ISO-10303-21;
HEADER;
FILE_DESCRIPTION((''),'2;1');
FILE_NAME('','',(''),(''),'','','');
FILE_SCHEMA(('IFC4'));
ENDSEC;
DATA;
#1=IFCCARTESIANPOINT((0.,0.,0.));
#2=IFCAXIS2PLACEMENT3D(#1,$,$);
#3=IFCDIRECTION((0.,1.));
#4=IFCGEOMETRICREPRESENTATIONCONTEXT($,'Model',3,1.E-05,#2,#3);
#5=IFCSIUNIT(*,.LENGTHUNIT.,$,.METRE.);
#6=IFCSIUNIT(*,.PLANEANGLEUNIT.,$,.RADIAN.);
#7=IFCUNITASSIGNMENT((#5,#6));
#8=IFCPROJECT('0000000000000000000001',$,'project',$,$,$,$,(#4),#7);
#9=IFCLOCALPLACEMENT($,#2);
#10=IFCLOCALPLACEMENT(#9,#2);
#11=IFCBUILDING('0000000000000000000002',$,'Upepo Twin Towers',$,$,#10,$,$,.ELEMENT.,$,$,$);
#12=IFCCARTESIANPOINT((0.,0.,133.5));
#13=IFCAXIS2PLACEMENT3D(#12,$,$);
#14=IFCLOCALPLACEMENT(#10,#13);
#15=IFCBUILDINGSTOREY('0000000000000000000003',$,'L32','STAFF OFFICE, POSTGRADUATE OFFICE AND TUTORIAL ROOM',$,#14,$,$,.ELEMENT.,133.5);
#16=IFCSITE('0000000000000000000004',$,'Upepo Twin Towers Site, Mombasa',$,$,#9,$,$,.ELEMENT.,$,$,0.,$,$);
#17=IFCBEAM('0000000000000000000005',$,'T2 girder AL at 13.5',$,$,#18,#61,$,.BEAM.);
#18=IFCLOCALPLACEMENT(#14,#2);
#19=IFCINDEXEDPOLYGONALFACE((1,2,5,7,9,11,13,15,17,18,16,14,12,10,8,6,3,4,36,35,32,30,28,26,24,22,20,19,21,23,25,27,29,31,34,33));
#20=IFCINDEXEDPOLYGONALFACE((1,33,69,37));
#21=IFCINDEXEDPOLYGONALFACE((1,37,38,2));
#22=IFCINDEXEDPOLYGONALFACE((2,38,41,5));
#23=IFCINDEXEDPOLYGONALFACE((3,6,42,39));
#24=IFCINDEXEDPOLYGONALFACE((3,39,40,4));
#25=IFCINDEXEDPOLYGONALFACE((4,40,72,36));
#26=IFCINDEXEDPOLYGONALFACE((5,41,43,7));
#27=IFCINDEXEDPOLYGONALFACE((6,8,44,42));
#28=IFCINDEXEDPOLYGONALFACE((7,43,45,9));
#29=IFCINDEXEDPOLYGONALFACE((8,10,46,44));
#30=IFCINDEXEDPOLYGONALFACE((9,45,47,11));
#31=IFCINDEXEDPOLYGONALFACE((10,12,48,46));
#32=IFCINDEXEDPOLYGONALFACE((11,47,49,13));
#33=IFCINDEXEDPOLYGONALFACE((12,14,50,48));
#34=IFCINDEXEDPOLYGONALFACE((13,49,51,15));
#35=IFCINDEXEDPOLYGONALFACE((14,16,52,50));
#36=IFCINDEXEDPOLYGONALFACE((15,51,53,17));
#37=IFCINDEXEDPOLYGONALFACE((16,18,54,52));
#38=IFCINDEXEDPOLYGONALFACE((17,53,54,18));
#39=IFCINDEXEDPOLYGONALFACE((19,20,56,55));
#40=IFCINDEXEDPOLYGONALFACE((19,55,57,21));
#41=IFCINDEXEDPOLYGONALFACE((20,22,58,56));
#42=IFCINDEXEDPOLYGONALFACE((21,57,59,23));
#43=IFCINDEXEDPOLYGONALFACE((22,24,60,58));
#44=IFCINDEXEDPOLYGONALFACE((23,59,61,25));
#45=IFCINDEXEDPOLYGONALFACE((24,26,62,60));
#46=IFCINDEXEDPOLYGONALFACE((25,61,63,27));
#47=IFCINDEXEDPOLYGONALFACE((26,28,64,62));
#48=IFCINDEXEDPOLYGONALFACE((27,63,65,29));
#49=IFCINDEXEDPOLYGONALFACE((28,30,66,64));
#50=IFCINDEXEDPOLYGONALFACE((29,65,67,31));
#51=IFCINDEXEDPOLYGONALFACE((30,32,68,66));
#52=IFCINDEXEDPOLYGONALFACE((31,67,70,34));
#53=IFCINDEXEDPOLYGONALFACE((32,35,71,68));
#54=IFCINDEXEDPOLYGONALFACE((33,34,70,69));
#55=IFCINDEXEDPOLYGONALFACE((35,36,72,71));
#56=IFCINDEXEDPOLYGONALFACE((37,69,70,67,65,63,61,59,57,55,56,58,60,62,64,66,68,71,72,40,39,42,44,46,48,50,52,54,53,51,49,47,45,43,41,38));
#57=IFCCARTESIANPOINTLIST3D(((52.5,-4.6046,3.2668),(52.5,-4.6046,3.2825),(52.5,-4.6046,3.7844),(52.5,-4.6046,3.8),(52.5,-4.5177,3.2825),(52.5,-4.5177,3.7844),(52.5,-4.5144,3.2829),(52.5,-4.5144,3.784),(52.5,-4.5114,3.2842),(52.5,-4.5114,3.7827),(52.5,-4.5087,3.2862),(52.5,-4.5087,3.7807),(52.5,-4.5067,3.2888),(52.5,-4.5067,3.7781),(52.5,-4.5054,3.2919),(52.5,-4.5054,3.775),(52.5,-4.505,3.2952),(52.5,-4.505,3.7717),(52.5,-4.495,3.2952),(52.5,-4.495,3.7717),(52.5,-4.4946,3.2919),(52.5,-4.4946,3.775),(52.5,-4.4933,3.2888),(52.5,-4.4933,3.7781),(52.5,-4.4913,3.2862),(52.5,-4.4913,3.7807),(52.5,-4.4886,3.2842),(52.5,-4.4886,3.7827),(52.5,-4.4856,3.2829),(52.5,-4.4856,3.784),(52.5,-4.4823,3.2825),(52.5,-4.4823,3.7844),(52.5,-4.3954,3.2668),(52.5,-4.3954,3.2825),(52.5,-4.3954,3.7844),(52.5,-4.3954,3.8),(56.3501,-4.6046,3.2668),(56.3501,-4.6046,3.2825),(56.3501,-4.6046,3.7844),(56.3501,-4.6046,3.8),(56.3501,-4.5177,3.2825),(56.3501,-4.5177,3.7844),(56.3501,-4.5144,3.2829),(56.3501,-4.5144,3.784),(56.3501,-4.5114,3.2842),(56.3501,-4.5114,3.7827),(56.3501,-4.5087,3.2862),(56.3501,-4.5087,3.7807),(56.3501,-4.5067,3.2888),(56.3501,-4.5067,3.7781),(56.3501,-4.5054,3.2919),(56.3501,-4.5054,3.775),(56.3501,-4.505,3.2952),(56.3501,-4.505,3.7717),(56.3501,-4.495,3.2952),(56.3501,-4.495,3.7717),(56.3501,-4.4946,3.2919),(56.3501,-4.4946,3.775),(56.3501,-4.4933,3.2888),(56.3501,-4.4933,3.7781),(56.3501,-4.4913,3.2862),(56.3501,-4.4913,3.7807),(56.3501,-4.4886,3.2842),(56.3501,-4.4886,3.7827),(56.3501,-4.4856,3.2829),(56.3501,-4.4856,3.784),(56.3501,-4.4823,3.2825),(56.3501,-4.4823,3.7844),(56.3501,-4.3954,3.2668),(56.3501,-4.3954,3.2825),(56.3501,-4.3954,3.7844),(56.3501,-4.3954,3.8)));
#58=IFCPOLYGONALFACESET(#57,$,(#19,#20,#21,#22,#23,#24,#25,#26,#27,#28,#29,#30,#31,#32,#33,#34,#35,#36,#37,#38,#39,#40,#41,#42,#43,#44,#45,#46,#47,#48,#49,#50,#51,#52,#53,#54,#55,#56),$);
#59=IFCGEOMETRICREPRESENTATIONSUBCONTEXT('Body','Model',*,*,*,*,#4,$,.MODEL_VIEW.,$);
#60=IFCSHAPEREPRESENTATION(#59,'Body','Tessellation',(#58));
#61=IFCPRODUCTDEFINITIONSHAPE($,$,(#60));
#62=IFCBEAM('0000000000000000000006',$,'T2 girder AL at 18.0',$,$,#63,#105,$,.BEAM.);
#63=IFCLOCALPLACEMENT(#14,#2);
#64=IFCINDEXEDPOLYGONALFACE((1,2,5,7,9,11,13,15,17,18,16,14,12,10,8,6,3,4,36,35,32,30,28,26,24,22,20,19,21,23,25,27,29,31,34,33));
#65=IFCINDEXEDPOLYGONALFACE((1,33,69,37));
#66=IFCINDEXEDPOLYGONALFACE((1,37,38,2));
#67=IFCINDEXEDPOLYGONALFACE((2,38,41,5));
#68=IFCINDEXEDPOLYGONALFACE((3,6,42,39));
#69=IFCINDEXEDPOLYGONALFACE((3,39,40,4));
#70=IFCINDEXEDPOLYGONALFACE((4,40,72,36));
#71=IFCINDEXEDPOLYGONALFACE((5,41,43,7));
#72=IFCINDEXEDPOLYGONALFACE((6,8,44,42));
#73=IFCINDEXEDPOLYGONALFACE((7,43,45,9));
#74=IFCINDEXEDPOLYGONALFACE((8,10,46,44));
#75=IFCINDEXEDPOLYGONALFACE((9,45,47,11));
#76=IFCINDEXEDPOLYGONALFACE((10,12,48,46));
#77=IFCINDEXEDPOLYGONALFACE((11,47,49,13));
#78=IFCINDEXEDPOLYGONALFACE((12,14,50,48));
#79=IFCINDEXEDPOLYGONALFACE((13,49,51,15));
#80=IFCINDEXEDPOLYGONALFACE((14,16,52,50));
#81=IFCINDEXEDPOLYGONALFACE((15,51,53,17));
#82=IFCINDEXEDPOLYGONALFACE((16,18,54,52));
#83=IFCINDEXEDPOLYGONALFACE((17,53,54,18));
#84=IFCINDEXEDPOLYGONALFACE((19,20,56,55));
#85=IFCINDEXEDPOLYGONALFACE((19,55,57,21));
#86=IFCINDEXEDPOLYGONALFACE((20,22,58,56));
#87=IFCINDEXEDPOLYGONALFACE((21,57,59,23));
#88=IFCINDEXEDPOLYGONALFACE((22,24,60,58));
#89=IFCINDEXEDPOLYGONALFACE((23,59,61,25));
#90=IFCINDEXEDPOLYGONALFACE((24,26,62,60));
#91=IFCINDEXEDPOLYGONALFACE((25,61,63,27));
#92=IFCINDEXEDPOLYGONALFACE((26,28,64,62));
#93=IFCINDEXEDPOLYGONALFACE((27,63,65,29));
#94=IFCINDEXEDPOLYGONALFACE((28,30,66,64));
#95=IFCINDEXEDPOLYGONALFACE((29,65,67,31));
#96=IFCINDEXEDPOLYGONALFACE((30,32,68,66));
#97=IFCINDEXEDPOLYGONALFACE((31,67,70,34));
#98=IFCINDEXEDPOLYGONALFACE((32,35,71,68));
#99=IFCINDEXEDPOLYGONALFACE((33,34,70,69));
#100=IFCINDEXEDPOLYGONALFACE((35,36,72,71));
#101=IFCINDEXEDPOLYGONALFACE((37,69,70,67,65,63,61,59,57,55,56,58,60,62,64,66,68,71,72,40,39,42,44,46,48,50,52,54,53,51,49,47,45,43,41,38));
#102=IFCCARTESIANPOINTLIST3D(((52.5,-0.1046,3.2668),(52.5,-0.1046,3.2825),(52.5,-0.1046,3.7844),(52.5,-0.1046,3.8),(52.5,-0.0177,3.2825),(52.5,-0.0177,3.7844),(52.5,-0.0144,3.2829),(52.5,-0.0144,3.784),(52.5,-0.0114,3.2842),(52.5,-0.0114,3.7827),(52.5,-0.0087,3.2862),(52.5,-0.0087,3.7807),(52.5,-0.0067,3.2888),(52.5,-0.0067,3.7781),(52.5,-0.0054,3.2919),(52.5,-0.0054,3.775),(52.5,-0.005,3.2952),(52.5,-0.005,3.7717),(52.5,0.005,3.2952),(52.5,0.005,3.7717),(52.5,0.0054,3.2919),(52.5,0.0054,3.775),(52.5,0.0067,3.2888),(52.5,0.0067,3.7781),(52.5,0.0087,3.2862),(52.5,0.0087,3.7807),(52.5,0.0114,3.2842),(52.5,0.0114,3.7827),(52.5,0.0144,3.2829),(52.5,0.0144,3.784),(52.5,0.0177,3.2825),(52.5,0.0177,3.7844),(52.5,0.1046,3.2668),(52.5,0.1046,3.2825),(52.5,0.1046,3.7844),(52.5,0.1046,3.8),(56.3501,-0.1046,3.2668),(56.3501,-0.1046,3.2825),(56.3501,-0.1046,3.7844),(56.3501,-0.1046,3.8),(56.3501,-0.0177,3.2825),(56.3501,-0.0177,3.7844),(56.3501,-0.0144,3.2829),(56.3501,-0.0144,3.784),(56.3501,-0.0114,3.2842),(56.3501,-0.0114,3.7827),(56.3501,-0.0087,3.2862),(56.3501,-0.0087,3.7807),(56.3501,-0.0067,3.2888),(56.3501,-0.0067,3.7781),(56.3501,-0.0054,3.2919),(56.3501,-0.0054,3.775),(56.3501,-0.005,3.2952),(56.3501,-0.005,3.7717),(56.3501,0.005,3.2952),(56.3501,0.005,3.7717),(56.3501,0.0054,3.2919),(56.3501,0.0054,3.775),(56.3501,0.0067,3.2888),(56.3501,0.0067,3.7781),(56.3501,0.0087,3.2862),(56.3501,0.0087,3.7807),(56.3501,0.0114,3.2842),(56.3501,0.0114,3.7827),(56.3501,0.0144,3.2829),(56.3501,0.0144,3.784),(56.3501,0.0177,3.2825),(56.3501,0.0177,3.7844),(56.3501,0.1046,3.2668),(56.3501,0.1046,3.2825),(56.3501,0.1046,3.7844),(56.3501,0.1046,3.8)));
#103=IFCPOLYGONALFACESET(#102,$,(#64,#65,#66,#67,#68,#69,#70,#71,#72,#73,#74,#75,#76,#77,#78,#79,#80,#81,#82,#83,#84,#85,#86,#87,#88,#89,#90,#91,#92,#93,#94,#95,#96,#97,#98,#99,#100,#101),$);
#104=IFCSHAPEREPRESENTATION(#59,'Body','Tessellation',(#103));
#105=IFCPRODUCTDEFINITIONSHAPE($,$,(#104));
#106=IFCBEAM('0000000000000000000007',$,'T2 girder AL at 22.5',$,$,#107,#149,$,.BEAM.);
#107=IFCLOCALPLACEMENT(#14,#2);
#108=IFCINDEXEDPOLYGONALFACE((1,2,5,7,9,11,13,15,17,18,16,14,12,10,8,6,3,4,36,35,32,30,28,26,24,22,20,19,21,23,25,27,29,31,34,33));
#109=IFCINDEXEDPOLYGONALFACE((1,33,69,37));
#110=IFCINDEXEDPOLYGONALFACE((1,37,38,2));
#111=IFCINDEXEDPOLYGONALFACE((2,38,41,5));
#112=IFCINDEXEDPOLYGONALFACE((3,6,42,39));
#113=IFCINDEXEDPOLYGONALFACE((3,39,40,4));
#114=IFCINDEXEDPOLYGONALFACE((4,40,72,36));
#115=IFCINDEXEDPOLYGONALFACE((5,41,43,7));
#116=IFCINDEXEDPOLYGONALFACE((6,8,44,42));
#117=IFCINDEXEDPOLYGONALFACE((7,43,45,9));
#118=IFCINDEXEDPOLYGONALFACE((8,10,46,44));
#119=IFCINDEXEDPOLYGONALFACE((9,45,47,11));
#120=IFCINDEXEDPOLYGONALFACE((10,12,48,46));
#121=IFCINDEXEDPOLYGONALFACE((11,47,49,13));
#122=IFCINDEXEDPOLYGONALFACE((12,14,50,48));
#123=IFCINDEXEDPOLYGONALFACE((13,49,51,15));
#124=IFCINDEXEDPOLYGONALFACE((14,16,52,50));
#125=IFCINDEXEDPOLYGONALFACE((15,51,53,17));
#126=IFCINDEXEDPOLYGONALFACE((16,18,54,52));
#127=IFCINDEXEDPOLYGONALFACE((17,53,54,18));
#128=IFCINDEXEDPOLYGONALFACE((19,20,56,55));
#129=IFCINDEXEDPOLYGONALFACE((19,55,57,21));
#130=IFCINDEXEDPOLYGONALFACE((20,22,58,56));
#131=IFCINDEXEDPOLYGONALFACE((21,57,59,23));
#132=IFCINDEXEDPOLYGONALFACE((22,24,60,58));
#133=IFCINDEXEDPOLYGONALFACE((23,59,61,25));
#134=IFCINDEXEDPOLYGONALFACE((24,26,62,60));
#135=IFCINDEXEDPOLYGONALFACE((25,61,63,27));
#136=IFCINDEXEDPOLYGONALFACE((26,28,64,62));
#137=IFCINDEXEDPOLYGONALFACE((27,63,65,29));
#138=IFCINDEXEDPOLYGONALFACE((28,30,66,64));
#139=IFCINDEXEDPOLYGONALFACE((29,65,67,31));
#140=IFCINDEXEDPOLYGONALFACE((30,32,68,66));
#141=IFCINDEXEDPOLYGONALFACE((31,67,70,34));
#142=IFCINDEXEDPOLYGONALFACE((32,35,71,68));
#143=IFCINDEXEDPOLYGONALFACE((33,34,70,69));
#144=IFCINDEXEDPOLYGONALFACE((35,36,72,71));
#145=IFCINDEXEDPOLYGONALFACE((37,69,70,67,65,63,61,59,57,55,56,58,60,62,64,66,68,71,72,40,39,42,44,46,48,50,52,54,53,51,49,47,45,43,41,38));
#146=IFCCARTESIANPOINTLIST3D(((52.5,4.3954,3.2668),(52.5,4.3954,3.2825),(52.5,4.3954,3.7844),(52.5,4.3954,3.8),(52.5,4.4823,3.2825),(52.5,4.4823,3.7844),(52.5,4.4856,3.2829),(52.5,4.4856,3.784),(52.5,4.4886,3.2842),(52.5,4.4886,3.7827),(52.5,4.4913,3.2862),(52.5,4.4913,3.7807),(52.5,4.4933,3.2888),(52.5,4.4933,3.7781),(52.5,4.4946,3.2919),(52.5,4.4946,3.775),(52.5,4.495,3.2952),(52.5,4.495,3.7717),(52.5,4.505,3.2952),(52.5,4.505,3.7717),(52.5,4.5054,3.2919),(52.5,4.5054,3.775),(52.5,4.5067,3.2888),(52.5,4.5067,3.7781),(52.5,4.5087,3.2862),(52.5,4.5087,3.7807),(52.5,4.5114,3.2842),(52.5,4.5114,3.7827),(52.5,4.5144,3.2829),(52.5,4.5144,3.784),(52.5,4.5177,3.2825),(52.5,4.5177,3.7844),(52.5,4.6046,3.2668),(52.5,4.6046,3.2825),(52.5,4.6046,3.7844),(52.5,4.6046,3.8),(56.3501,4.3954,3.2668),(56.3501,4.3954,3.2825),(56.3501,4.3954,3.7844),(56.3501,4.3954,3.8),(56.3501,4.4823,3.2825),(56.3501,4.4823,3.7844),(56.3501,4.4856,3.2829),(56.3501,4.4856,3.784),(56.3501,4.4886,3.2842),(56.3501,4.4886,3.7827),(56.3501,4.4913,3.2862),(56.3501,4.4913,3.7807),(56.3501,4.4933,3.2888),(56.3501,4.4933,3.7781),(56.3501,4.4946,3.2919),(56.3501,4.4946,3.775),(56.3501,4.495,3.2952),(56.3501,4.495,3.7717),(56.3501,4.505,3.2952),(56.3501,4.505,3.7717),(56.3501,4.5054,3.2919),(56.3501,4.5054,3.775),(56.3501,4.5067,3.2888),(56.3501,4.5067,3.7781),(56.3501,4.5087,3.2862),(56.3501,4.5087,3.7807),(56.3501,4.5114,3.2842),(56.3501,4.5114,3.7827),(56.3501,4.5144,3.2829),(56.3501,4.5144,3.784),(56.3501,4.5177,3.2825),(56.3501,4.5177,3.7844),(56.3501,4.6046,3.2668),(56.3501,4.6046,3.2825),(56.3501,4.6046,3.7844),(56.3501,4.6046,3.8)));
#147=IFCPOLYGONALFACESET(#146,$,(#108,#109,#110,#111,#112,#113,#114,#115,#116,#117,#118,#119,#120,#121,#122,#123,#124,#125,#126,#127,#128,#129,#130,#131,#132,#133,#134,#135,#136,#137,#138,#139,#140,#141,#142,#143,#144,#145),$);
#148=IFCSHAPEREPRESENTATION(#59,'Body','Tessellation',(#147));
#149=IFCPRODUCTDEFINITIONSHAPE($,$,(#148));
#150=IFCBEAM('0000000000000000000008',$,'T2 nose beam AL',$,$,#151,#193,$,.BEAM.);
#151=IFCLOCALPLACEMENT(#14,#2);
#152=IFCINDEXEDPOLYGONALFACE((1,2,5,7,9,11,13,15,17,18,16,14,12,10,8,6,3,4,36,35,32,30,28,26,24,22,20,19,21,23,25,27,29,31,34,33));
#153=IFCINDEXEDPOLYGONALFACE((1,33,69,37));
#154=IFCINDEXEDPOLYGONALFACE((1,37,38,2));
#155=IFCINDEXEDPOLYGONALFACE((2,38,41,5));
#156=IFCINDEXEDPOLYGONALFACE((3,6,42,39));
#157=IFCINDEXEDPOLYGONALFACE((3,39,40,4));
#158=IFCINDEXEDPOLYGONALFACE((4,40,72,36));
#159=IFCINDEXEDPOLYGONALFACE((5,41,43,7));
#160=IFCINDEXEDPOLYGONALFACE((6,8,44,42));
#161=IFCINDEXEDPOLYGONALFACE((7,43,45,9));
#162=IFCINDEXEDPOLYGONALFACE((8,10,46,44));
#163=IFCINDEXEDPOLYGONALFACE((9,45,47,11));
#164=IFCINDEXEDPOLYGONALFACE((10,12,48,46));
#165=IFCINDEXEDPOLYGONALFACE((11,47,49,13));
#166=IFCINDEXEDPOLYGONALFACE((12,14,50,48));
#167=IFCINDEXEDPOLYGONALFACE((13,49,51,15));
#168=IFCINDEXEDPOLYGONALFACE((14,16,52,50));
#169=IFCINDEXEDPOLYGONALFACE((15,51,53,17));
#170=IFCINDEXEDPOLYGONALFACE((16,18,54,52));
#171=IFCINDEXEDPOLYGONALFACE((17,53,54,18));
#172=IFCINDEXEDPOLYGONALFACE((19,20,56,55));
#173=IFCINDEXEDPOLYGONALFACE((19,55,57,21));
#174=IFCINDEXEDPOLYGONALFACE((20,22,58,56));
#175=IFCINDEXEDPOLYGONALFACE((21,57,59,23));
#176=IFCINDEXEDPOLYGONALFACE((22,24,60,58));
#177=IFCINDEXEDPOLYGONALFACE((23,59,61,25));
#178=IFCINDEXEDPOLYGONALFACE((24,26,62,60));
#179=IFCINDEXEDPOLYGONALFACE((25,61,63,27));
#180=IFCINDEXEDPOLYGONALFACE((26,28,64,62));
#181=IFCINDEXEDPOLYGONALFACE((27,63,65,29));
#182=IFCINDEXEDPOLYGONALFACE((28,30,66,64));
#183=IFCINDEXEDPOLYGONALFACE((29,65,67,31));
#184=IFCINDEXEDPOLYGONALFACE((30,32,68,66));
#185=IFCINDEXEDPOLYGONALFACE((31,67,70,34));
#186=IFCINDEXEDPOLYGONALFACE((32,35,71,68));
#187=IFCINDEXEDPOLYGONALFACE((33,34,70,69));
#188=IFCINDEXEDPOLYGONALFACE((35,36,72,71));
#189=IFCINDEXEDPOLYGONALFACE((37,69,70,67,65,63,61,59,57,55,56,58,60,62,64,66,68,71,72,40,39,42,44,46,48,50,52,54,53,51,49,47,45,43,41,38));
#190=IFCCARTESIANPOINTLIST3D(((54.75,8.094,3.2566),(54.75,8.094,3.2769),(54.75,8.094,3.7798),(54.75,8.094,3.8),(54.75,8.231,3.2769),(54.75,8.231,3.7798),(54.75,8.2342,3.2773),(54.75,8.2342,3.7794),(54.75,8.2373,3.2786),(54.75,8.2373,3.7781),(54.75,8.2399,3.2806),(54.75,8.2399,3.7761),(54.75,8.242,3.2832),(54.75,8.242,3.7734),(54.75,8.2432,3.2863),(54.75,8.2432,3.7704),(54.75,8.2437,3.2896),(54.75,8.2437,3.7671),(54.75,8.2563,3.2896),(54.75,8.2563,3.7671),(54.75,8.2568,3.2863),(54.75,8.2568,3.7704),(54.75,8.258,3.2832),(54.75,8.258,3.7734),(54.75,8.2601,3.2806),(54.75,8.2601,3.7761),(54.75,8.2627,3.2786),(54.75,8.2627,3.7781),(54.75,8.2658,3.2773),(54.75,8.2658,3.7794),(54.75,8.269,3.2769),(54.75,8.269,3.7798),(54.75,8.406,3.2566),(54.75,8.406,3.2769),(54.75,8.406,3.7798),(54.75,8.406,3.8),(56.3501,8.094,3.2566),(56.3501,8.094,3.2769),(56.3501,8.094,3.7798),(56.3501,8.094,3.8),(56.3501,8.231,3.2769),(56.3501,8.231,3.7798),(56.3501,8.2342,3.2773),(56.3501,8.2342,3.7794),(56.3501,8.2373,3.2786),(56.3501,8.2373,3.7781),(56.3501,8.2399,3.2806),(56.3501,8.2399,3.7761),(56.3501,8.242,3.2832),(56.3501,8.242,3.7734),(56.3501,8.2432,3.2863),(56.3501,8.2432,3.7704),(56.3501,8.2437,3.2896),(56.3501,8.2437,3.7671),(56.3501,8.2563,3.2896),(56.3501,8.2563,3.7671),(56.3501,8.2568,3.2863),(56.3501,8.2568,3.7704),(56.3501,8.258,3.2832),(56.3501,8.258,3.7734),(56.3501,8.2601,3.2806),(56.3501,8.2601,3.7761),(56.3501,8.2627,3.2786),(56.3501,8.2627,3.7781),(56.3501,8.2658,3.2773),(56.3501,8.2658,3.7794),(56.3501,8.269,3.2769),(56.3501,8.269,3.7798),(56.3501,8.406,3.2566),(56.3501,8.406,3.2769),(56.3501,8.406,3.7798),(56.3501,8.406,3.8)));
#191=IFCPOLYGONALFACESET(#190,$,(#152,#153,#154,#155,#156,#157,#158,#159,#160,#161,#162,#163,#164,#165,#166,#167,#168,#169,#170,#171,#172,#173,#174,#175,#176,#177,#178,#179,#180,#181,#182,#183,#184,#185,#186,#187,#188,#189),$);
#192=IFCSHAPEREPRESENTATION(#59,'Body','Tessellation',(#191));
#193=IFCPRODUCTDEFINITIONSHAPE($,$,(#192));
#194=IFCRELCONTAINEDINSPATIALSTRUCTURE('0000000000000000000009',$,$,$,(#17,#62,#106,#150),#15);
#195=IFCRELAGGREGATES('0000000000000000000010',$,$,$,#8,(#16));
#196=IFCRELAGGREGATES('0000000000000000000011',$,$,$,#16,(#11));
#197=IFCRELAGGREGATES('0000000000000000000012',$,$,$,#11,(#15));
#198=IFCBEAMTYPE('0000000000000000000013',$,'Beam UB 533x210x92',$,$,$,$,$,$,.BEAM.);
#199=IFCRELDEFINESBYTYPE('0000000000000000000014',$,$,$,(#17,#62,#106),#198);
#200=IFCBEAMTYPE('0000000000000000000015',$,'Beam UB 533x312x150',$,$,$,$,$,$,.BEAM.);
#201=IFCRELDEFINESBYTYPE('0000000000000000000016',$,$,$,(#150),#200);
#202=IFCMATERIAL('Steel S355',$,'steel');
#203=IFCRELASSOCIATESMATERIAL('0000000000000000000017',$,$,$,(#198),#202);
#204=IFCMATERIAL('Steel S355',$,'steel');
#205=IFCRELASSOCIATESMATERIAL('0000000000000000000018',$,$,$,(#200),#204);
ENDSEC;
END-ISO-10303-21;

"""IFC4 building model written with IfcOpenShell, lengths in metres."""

from ifc_helpers import new_model, si_unit, direction, frame, origin, origin_2d, place, context, subcontext, project, spatial, i_section, extrude, material, material_profile, profile_set, type_object, element, save


model = new_model("IFC4")

# Units and contexts
model_context = context("Model", 3, precision=1e-05, world=origin(), true_north=direction((0.0, 1.0)))
body_context = subcontext(model_context, "Body", "Model", "MODEL_VIEW")
ifc_project = project(units=[si_unit("LENGTHUNIT", "METRE"), si_unit("PLANEANGLEUNIT", "RADIAN")], contexts=[model_context])

# Site, building, storey
site_placement = place(None, origin())
site = spatial("IfcSite", under=ifc_project, at=site_placement, Name="Upepo Twin Towers Site, Mombasa", CompositionType="ELEMENT", RefElevation=0.0)
building_placement = place(site_placement, origin())
building = spatial("IfcBuilding", under=site, at=building_placement, Name="Upepo Twin Towers", CompositionType="ELEMENT")
storey_placement = place(building_placement, frame((0.0, 0.0, 133.5)))
storey = spatial("IfcBuildingStorey", under=building, at=storey_placement, Name="L32", Description="STAFF OFFICE, POSTGRADUATE OFFICE AND TUTORIAL ROOM", CompositionType="ELEMENT", Elevation=133.5)

# Beams
ifc_material_1 = material(Name="Steel S355", Category="steel")
ifc_material_profile_1 = material_profile(ifc_material_1, i_section(OverallWidth=0.2092, OverallDepth=0.5332, WebThickness=0.01, FlangeThickness=0.0156, FilletRadius=0.0127, at=origin_2d()), Name="UB 533x210x92")
ifc_profile_set_1 = profile_set([ifc_material_profile_1], Name="Steel S355")
beam_type_1 = type_object("IfcBeamType", Name="Beam UB 533x210x92", PredefinedType="BEAM", material=ifc_profile_set_1)
for number, where, z_axis, x_axis, name in (
    (1, (52.5, -4.5, 3.5334), (1.0, 0.0, 0.0), (0.0, 1.0, 0.0), "T2 girder AL at 13.5"),
    (2, (52.5, 0.0, 3.5334), (1.0, 0.0, 0.0), (0.0, 1.0, 0.0), "T2 girder AL at 18.0"),
    (3, (52.5, 4.5, 3.5334), (1.0, 0.0, 0.0), (0.0, 1.0, 0.0), "T2 girder AL at 22.5"),
):
    element("IfcBeam", number, at=place(storey_placement, frame(where, z_axis=z_axis, x_axis=x_axis)), inside=storey, type_object=beam_type_1, Name=name, PredefinedType="BEAM", context=body_context, shape_type="SweptSolid", body=[
        extrude(i_section(OverallWidth=0.2092, OverallDepth=0.5332, WebThickness=0.01, FlangeThickness=0.0156, FilletRadius=0.0127, at=origin_2d()), origin(), (0.0, 0.0, 1.0), 3.8501),
    ])
ifc_material_2 = material(Name="Steel S355", Category="steel")
ifc_material_profile_2 = material_profile(ifc_material_2, i_section(OverallWidth=0.312, OverallDepth=0.5435, WebThickness=0.0127, FlangeThickness=0.0203, FilletRadius=0.0127, at=origin_2d()), Name="UB 533x312x150")
ifc_profile_set_2 = profile_set([ifc_material_profile_2], Name="Steel S355")
beam_type_2 = type_object("IfcBeamType", Name="Beam UB 533x312x150", PredefinedType="BEAM", material=ifc_profile_set_2)
beam_1_placement = place(storey_placement, frame((54.75, 8.25, 3.5283), z_axis=(1.0, 0.0, 0.0), x_axis=(0.0, 1.0, 0.0)))
element("IfcBeam", 4, at=beam_1_placement, inside=storey, type_object=beam_type_2, Name="T2 nose beam AL", PredefinedType="BEAM", context=body_context, shape_type="SweptSolid", body=[
    extrude(i_section(OverallWidth=0.312, OverallDepth=0.5435, WebThickness=0.0127, FlangeThickness=0.0203, FilletRadius=0.0127, at=origin_2d()), origin(), (0.0, 0.0, 1.0), 1.6001),
])

save(model, "model.ifc")
